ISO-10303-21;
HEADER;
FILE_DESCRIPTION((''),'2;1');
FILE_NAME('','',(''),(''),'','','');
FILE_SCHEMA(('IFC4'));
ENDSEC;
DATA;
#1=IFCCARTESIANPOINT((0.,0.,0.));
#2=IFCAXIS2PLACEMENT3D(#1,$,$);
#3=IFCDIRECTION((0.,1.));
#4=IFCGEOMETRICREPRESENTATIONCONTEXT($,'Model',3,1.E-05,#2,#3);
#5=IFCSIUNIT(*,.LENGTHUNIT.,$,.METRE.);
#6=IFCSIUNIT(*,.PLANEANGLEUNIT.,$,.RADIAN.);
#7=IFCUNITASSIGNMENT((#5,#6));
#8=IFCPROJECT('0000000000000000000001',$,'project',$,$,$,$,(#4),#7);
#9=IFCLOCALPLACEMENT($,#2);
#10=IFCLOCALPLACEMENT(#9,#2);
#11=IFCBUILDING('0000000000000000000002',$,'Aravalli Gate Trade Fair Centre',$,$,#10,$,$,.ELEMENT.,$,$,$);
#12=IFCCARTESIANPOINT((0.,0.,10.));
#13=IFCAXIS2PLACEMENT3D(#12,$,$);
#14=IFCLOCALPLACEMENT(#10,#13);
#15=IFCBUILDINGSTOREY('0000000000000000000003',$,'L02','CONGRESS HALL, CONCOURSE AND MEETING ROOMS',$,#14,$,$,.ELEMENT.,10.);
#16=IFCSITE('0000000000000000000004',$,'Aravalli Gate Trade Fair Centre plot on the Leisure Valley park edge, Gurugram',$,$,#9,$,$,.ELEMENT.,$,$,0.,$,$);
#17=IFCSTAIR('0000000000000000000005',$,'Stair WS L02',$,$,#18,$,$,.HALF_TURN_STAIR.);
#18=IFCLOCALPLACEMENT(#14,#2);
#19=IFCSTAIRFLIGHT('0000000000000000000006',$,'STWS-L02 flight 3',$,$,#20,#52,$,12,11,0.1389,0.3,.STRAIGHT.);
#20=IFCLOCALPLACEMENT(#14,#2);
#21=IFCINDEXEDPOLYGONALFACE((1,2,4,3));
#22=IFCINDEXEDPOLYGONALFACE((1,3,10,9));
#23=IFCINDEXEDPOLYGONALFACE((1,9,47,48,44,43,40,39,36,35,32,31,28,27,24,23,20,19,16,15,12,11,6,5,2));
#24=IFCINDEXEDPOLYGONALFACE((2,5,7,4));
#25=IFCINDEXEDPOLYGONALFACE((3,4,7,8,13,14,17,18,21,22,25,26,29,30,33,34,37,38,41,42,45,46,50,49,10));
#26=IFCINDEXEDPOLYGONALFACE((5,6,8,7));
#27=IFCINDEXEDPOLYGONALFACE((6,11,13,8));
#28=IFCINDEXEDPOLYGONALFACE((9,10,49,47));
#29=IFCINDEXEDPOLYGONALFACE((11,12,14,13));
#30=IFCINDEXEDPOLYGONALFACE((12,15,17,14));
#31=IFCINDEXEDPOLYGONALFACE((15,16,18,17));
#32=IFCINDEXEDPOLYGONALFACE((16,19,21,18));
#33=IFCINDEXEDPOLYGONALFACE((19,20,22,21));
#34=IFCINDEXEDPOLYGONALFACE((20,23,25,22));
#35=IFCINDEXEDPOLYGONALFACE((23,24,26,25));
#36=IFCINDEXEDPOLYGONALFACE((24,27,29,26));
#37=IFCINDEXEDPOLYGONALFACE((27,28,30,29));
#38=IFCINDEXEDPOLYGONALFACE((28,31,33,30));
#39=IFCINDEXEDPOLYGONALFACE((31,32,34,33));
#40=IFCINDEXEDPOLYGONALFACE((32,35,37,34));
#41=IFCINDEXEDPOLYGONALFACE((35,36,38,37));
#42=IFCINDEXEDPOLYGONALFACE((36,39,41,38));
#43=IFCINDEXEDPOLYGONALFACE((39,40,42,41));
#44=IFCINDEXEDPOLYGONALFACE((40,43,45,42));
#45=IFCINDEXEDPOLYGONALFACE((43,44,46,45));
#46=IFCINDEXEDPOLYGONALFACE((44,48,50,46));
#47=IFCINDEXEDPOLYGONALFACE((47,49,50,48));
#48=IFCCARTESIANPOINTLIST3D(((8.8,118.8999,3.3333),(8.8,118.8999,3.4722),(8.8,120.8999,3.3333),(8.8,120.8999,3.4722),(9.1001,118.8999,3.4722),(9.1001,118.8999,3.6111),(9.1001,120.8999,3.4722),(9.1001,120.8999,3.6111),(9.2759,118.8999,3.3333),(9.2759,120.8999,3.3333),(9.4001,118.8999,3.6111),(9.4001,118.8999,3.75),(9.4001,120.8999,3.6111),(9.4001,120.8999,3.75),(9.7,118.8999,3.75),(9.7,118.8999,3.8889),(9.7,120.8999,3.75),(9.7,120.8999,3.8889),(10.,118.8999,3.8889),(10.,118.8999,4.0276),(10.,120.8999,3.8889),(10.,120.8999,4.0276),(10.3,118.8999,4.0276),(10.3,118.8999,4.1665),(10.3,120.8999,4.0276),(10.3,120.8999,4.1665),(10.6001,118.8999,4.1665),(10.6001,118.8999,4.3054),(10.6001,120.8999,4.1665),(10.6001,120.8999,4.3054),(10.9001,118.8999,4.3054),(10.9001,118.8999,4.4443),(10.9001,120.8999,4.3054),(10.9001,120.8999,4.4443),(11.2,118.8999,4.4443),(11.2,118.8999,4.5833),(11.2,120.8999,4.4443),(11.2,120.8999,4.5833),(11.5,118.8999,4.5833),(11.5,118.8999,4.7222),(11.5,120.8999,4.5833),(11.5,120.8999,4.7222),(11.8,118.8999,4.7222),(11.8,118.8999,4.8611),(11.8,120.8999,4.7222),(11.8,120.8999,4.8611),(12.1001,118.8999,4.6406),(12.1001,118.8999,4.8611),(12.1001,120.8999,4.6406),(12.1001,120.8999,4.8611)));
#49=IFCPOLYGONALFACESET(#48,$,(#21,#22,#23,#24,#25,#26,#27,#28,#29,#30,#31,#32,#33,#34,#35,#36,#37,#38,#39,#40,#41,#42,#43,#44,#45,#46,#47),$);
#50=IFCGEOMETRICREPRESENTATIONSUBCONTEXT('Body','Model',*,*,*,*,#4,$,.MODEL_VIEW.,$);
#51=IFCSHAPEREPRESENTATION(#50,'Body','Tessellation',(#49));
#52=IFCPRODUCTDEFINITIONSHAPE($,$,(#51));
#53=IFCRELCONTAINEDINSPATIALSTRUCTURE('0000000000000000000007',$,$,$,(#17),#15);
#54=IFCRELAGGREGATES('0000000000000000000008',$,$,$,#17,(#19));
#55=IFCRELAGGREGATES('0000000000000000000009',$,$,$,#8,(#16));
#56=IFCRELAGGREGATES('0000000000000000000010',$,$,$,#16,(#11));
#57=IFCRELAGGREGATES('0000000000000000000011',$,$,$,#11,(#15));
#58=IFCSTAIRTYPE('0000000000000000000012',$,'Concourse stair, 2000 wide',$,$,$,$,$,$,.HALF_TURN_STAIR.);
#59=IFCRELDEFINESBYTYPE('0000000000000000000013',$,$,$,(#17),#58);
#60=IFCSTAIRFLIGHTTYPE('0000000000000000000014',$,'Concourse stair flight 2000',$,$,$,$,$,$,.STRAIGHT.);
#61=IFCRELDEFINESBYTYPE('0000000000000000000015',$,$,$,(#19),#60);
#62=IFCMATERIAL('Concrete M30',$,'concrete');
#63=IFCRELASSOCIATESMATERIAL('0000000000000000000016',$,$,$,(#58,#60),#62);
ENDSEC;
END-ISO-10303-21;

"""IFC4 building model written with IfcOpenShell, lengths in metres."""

from ifc_helpers import new_model, si_unit, direction, frame, origin, place, context, subcontext, project, spatial, polyline, outline, extrude, material, type_object, element, aggregate, save


model = new_model("IFC4")

# Units and contexts
model_context = context("Model", 3, precision=1e-05, world=origin(), true_north=direction((0.0, 1.0)))
body_context = subcontext(model_context, "Body", "Model", "MODEL_VIEW")
ifc_project = project(units=[si_unit("LENGTHUNIT", "METRE"), si_unit("PLANEANGLEUNIT", "RADIAN")], contexts=[model_context])

# Site, building, storey
site_placement = place(None, origin())
site = spatial("IfcSite", under=ifc_project, at=site_placement, Name="Aravalli Gate Trade Fair Centre plot on the Leisure Valley park edge, Gurugram", CompositionType="ELEMENT", RefElevation=0.0)
building_placement = place(site_placement, origin())
building = spatial("IfcBuilding", under=site, at=building_placement, Name="Aravalli Gate Trade Fair Centre", CompositionType="ELEMENT")
storey_placement = place(building_placement, frame((0.0, 0.0, 10.0)))
storey = spatial("IfcBuildingStorey", under=building, at=storey_placement, Name="L02", Description="CONGRESS HALL, CONCOURSE AND MEETING ROOMS", CompositionType="ELEMENT", Elevation=10.0)

# Stair, stair flight
ifc_material_1 = material(Name="Concrete M30", Category="concrete")
stair_type = type_object("IfcStairType", Name="Concourse stair, 2000 wide", PredefinedType="HALF_TURN_STAIR", material=ifc_material_1)
stair_placement = place(storey_placement, origin())
stair = element("IfcStair", 1, at=stair_placement, inside=storey, type_object=stair_type, Name="Stair WS L02", PredefinedType="HALF_TURN_STAIR")
stair_flight_type = type_object("IfcStairFlightType", Name="Concourse stair flight 2000", PredefinedType="STRAIGHT", material=ifc_material_1)
stair_flight_1_placement = place(storey_placement, frame((8.8, 119.8999, 3.3333), z_axis=(0.0, 0.0, 1.0), x_axis=(1.0, 0.0, 0.0)))
stair_flight_1 = element("IfcStairFlight", 2, at=stair_flight_1_placement, type_object=stair_flight_type, Name="STWS-L02 flight 3", NumberOfRisers=12, NumberOfTreads=11, PredefinedType="STRAIGHT", RiserHeight=0.1389, TreadLength=0.3, context=body_context, shape_type="SweptSolid", body=[
    extrude(outline(polyline([(0.0, 0.0), (0.0, 0.1389), (0.3, 0.1389), (0.3, 0.2778), (0.6001, 0.2778), (0.6001, 0.4167), (0.8999, 0.4167), (0.8999, 0.5557), (1.2, 0.5557), (1.2, 0.6943), (1.5, 0.6943), (1.5, 0.8333), (1.8, 0.8333), (1.8, 0.9722), (2.1001, 0.9722), (2.1001, 1.1111), (2.3999, 1.1111), (2.3999, 1.25), (2.7, 1.25), (2.7, 1.3889), (3.0, 1.3889), (3.0, 1.5278), (3.3, 1.5278), (3.3, 1.6667), (3.3, 1.3074), (0.4758, 0.0), (0.0, 0.0)])), frame((0.0, 1.0, 0.0), z_axis=(0.0, -1.0, 0.0), x_axis=(1.0, 0.0, 0.0)), (0.0, 0.0, 1.0), 2.0),
])
aggregate(stair, [stair_flight_1])

save(model, "model.ifc")
